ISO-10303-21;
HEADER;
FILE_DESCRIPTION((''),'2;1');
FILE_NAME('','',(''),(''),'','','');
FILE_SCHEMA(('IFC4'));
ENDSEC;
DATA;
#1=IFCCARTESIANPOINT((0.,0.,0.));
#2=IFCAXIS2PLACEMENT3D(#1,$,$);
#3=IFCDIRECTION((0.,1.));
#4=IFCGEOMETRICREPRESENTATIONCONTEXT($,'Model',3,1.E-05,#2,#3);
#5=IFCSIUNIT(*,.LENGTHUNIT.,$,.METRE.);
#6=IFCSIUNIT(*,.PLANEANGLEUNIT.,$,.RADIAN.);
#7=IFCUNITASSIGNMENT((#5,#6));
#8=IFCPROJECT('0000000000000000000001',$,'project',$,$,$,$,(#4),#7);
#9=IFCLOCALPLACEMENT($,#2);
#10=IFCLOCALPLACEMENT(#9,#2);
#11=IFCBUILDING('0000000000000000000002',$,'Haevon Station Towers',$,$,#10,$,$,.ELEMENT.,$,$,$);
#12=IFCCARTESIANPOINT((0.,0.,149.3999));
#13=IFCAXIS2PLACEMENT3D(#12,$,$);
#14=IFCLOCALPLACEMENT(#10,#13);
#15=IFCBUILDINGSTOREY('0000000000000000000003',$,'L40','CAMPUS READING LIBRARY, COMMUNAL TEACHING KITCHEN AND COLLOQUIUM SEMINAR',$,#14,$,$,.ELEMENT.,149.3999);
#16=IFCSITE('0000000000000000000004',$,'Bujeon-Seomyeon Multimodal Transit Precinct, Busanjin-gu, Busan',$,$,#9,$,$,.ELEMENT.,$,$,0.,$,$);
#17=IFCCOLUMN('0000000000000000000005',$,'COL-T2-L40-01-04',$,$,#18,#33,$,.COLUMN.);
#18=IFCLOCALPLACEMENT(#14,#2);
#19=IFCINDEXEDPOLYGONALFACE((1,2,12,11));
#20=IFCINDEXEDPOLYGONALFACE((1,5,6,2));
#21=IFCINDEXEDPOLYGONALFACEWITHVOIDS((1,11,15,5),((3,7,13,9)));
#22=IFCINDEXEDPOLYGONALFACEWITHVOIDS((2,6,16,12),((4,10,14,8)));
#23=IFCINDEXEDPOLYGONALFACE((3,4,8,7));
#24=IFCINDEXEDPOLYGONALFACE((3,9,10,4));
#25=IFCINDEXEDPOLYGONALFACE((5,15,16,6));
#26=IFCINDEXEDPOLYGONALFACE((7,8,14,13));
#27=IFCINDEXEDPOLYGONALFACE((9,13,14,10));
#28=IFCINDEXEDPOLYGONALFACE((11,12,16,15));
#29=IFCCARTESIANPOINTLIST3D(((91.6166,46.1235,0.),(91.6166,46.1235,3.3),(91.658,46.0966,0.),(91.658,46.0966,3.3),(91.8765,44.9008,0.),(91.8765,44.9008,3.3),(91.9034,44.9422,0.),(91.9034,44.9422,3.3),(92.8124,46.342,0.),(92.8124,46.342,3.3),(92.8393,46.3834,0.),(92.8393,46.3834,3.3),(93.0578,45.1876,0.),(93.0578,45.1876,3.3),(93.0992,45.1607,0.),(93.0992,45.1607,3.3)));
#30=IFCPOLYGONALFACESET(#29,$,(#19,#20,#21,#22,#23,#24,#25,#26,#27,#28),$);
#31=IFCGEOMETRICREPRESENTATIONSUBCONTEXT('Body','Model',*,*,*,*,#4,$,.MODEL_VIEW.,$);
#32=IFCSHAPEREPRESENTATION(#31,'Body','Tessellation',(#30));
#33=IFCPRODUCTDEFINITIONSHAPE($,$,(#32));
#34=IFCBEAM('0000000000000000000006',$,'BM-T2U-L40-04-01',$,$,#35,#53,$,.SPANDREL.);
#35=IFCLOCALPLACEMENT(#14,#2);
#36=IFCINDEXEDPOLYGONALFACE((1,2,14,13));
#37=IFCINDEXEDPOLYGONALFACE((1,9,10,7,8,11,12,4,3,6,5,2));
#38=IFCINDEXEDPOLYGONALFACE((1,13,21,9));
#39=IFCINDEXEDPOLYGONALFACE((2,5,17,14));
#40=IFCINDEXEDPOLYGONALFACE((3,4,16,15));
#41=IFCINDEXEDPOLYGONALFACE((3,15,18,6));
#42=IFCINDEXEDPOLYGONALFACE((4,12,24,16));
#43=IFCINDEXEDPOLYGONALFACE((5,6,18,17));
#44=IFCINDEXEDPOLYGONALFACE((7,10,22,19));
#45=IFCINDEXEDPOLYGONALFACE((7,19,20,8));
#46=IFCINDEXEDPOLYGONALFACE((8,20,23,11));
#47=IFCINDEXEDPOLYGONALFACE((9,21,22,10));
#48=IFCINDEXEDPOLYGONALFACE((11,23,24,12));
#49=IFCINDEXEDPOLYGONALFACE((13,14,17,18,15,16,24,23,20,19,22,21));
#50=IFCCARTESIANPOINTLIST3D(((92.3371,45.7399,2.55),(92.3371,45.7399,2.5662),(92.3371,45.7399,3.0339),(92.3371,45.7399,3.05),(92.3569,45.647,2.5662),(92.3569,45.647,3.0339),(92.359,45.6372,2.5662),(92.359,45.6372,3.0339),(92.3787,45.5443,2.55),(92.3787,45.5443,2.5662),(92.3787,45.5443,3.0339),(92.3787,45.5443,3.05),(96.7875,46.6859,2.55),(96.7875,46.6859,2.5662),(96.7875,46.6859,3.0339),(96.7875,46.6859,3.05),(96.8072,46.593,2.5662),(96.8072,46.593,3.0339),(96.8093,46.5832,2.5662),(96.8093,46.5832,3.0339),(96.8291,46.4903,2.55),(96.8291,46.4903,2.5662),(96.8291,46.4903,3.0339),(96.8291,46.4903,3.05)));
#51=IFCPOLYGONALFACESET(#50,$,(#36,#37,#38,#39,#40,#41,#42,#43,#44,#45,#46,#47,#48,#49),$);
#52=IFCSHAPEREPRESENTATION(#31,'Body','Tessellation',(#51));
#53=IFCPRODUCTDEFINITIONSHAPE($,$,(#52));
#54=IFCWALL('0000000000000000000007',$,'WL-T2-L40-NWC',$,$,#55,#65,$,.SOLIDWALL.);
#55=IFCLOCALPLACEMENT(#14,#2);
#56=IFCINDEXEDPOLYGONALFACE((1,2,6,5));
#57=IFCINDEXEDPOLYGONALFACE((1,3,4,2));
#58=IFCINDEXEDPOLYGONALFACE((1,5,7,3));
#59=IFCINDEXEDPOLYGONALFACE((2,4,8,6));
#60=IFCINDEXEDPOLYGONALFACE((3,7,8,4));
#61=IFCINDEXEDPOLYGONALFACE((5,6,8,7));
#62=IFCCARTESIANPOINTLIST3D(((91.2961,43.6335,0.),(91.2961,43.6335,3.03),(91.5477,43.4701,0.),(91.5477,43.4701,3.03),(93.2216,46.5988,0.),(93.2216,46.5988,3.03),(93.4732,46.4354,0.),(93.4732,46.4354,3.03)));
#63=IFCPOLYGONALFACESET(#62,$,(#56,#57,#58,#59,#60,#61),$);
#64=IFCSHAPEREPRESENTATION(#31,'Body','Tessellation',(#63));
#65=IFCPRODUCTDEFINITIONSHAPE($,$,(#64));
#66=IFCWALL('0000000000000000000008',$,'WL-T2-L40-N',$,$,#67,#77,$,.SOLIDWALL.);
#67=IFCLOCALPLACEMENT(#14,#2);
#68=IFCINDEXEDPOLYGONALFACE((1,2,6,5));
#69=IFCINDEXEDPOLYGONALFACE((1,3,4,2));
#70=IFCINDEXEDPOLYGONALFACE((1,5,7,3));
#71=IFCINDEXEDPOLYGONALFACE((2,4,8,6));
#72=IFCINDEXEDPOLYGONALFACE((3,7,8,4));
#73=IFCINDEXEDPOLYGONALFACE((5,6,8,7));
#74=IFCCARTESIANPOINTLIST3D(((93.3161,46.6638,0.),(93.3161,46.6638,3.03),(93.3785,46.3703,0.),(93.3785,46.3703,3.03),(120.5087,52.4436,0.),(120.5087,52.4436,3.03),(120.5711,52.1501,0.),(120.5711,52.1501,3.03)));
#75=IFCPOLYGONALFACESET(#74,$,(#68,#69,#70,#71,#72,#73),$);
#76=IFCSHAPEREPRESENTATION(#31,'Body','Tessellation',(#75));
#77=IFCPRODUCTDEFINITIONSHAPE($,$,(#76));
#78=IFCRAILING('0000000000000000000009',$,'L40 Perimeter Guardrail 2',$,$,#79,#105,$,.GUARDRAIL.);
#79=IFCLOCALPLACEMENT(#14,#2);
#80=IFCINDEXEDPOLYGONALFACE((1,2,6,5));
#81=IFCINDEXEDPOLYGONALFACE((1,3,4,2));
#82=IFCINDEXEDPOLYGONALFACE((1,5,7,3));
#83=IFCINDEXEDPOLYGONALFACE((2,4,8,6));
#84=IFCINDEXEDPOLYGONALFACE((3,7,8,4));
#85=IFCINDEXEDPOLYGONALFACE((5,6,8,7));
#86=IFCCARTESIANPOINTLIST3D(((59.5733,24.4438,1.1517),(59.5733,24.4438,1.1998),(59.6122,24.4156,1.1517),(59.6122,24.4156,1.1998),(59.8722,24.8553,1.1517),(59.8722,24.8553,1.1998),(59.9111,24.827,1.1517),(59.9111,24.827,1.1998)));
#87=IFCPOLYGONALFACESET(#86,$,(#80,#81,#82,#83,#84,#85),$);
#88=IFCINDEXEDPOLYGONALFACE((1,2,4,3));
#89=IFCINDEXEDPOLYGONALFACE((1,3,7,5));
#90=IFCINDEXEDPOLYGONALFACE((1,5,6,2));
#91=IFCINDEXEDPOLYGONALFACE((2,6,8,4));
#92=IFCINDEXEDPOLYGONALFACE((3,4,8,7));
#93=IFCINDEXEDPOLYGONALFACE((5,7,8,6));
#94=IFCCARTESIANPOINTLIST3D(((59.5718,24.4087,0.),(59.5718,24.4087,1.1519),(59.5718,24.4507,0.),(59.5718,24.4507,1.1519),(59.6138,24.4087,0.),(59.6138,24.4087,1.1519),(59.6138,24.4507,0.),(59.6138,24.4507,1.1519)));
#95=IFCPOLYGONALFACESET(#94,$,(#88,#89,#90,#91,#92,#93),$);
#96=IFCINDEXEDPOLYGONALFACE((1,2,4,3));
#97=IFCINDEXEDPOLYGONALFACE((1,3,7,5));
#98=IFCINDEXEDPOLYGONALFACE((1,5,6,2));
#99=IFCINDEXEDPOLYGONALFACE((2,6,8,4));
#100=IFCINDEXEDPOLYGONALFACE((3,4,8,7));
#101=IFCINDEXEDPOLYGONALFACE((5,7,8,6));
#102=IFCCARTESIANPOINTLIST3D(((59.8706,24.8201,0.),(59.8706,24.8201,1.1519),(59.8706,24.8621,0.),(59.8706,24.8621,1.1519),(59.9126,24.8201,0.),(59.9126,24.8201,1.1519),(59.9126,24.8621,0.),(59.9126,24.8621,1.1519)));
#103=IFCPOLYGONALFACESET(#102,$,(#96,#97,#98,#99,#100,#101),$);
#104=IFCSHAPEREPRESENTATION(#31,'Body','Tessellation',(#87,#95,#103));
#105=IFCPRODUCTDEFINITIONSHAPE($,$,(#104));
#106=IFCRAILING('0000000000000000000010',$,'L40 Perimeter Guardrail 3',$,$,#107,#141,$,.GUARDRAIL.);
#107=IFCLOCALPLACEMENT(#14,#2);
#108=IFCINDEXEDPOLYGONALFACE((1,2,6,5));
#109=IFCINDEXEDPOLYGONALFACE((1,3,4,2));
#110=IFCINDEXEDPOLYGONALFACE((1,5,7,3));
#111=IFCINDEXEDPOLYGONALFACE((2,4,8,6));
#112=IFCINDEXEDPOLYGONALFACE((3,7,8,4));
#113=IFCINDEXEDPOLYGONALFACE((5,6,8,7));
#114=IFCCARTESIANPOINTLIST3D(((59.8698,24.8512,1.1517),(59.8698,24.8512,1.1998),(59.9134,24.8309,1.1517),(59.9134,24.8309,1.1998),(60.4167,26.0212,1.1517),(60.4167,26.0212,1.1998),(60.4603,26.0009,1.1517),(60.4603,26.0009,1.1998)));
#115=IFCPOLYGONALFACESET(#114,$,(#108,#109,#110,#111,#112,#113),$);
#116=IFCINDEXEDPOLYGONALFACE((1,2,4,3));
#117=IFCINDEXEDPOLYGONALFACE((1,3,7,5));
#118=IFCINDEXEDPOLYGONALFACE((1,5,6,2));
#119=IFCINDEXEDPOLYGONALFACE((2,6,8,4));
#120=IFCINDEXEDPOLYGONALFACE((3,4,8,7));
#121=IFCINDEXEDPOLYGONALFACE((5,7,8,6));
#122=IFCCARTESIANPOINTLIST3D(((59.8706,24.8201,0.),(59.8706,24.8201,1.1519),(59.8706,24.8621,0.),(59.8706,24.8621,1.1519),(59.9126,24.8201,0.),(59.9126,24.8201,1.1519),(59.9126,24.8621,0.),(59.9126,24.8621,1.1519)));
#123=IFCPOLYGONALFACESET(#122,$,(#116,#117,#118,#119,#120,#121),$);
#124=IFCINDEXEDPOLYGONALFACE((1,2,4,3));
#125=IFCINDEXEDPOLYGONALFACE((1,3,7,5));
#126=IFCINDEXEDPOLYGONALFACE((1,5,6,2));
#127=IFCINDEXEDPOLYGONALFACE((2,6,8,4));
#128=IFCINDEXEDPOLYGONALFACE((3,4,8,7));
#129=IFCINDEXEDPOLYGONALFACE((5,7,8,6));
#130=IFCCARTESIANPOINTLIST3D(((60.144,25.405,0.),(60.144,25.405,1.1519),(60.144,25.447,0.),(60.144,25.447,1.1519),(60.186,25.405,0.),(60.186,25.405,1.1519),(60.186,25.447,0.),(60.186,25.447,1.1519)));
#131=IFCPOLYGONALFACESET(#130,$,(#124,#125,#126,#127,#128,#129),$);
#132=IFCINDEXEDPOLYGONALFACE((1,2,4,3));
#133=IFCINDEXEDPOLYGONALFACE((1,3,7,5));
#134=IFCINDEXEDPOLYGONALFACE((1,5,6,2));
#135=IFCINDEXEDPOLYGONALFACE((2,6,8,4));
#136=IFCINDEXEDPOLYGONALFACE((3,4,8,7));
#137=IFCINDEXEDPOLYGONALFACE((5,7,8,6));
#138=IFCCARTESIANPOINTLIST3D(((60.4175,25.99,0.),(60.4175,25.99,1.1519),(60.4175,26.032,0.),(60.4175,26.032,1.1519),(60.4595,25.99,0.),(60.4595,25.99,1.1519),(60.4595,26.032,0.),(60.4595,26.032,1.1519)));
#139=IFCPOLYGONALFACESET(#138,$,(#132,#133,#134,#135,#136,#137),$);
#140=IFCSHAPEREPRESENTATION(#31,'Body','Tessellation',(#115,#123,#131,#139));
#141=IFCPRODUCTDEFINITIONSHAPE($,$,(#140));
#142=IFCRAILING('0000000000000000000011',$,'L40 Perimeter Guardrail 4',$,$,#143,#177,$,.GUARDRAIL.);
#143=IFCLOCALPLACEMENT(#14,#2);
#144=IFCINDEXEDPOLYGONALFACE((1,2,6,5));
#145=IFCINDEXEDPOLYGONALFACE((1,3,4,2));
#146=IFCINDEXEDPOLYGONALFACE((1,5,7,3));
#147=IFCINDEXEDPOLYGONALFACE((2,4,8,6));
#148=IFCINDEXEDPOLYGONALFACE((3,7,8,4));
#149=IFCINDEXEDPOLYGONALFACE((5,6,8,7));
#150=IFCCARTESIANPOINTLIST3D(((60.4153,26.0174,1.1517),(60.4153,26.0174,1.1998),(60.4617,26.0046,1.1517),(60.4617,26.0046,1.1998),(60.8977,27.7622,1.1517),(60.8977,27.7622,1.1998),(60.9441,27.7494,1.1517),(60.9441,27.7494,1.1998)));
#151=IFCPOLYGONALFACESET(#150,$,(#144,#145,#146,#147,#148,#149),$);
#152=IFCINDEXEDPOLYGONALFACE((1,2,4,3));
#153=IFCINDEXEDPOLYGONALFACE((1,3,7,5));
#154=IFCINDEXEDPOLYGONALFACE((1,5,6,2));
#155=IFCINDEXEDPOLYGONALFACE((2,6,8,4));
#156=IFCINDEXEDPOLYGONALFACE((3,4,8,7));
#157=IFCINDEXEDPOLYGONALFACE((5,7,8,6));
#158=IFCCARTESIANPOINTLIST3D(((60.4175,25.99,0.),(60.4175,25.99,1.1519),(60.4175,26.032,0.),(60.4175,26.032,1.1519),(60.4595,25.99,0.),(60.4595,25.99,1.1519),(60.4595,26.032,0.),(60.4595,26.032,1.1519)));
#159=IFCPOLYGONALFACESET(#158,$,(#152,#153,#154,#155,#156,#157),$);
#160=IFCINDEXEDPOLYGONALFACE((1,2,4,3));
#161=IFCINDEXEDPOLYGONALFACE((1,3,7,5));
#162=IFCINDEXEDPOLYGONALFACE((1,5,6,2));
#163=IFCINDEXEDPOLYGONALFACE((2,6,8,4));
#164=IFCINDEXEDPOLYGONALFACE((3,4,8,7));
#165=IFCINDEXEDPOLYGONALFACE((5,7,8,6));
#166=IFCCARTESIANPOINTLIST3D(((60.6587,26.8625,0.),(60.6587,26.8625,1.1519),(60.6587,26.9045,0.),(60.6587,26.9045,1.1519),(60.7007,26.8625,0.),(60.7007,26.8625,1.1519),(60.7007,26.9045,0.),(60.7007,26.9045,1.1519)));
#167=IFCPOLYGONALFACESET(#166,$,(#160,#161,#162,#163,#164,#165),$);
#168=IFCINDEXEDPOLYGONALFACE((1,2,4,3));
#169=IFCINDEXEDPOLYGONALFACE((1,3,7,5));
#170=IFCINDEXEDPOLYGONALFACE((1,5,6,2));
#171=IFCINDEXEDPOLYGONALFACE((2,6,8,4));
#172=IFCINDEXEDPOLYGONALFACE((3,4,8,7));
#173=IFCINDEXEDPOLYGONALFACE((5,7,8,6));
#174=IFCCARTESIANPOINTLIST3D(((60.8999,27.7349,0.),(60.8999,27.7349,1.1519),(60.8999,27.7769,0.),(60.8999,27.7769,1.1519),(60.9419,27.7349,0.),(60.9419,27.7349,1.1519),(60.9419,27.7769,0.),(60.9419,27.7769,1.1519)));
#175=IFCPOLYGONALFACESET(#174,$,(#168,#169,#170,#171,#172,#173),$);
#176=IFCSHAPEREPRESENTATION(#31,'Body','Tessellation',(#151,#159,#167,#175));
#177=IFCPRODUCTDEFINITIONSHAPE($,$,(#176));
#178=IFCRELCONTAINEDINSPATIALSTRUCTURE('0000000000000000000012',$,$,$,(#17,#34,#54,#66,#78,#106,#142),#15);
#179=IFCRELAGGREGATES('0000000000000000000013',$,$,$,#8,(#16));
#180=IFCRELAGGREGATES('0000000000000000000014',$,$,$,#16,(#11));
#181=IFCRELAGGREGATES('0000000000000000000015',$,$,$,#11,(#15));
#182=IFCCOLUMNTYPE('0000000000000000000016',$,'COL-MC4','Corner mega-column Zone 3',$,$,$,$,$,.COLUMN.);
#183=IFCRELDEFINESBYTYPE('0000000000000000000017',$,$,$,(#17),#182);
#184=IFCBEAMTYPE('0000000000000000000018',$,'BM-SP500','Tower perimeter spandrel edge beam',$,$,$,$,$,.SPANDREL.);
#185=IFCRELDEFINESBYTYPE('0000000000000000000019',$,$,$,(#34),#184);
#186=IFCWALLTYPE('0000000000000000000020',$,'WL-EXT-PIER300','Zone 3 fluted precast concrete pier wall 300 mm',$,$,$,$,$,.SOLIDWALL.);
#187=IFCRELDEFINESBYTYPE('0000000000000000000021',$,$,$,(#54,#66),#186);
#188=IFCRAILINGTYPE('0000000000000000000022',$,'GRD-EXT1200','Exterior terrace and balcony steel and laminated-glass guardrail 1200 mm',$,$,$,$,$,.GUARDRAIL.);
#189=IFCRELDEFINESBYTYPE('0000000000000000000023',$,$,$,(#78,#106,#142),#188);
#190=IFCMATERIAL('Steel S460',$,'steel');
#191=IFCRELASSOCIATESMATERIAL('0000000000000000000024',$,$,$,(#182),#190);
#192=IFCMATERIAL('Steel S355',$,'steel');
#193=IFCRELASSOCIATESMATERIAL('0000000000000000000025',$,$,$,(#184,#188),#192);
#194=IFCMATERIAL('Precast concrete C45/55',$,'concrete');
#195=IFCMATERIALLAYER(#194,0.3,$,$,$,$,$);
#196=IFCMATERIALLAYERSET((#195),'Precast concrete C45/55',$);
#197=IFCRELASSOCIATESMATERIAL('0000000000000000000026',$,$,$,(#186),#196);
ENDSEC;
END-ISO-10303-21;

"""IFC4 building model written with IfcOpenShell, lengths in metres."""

from ifc_helpers import new_model, si_unit, direction, frame, frame_2d, origin, origin_2d, place, context, subcontext, project, spatial, rectangle, hollow_rectangle, i_section, extrude, material, layer, layer_set, material_profile, profile_set, type_object, element, save


model = new_model("IFC4")

# Units and contexts
model_context = context("Model", 3, precision=1e-05, world=origin(), true_north=direction((0.0, 1.0)))
body_context = subcontext(model_context, "Body", "Model", "MODEL_VIEW")
ifc_project = project(units=[si_unit("LENGTHUNIT", "METRE"), si_unit("PLANEANGLEUNIT", "RADIAN")], contexts=[model_context])

# Site, building, storey
site_placement = place(None, origin())
site = spatial("IfcSite", under=ifc_project, at=site_placement, Name="Bujeon-Seomyeon Multimodal Transit Precinct, Busanjin-gu, Busan", CompositionType="ELEMENT", RefElevation=0.0)
building_placement = place(site_placement, origin())
building = spatial("IfcBuilding", under=site, at=building_placement, Name="Haevon Station Towers", CompositionType="ELEMENT")
storey_placement = place(building_placement, frame((0.0, 0.0, 149.3999)))
storey = spatial("IfcBuildingStorey", under=building, at=storey_placement, Name="L40", Description="CAMPUS READING LIBRARY, COMMUNAL TEACHING KITCHEN AND COLLOQUIUM SEMINAR", CompositionType="ELEMENT", Elevation=149.3999)

# Column
ifc_material_1 = material(Name="Steel S460", Category="steel")
ifc_material_profile_1 = material_profile(ifc_material_1, hollow_rectangle(XDim=1.25, YDim=1.25, WallThickness=0.0349, at=origin_2d()), Name="BOX-1250x1250x35")
ifc_profile_set_1 = profile_set([ifc_material_profile_1], Name="Steel S460")
column_type = type_object("IfcColumnType", Name="COL-MC4", Description="Corner mega-column Zone 3", PredefinedType="COLUMN", material=ifc_profile_set_1)
column_placement = place(storey_placement, frame((92.3579, 45.6421, 0.0), z_axis=(0.0, 0.0, 1.0), x_axis=(0.978148, 0.207912, 0.0)))
element("IfcColumn", 1, at=column_placement, inside=storey, type_object=column_type, Name="COL-T2-L40-01-04", PredefinedType="COLUMN", context=body_context, shape_type="SweptSolid", body=[
    extrude(hollow_rectangle(XDim=1.25, YDim=1.25, WallThickness=0.0349, at=origin_2d()), origin(), (0.0, 0.0, 1.0), 3.3),
])

# Beam
ifc_material_2 = material(Name="Steel S355", Category="steel")
ifc_material_profile_2 = material_profile(ifc_material_2, i_section(OverallWidth=0.2, OverallDepth=0.5, WebThickness=0.01, FlangeThickness=0.0161, at=origin_2d()), Name="H-500x200x10x16")
ifc_profile_set_2 = profile_set([ifc_material_profile_2], Name="Steel S355")
beam_type = type_object("IfcBeamType", Name="BM-SP500", Description="Tower perimeter spandrel edge beam", PredefinedType="SPANDREL", material=ifc_profile_set_2)
beam_placement = place(storey_placement, frame((92.3579, 45.6421, 2.8), z_axis=(0.978144, 0.207927, 0.0), x_axis=(-0.207927, 0.978144, 0.0)))
element("IfcBeam", 2, at=beam_placement, inside=storey, type_object=beam_type, Name="BM-T2U-L40-04-01", PredefinedType="SPANDREL", context=body_context, shape_type="SweptSolid", body=[
    extrude(i_section(OverallWidth=0.2, OverallDepth=0.5, WebThickness=0.01, FlangeThickness=0.0161, at=origin_2d()), origin(), (0.0, 0.0, 1.0), 4.5498),
])

# Walls
ifc_material_3 = material(Name="Precast concrete C45/55", Category="concrete")
ifc_layer_1 = layer(ifc_material_3, 0.3)
ifc_layer_set_1 = layer_set([ifc_layer_1], Name="Precast concrete C45/55")
wall_type = type_object("IfcWallType", Name="WL-EXT-PIER300", Description="Zone 3 fluted precast concrete pier wall 300 mm", PredefinedType="SOLIDWALL", material=ifc_layer_set_1)
wall_1_placement = place(storey_placement, frame((91.4219, 43.5518, 0.0), z_axis=(0.0, 0.0, 1.0), x_axis=(0.544605, 0.838693, 0.0)))
element("IfcWall", 3, at=wall_1_placement, inside=storey, type_object=wall_type, Name="WL-T2-L40-NWC", PredefinedType="SOLIDWALL", context=body_context, shape_type="SweptSolid", body=[
    extrude(rectangle(XDim=3.5356, YDim=0.3, at=frame_2d((1.7678, 0.0))), origin(), (0.0, 0.0, 1.0), 3.03),
])
wall_2_placement = place(storey_placement, frame((93.3474, 46.5171, 0.0), z_axis=(0.0, 0.0, 1.0), x_axis=(0.978149, 0.207905, 0.0)))
element("IfcWall", 4, at=wall_2_placement, inside=storey, type_object=wall_type, Name="WL-T2-L40-N", PredefinedType="SOLIDWALL", context=body_context, shape_type="SweptSolid", body=[
    extrude(rectangle(XDim=27.8, YDim=0.3, at=frame_2d((13.8999, 0.0))), origin(), (0.0, 0.0, 1.0), 3.03),
])

# Railings
railing_type = type_object("IfcRailingType", Name="GRD-EXT1200", Description="Exterior terrace and balcony steel and laminated-glass guardrail 1200 mm", PredefinedType="GUARDRAIL", material=ifc_material_2)
railing_1_placement = place(storey_placement, frame((59.5928, 24.4297, 0.0)))
element("IfcRailing", 5, at=railing_1_placement, inside=storey, type_object=railing_type, Name="L40 Perimeter Guardrail 2", PredefinedType="GUARDRAIL", context=body_context, shape_type="SweptSolid", body=[
    extrude(rectangle(XDim=0.0481, YDim=0.0481, at=origin_2d()), frame((0.0, 0.0, 1.1758), z_axis=(0.587715, 0.809068, 0.0), x_axis=(-0.809068, 0.587715, 0.0)), (0.0, 0.0, 1.0), 0.5085),
    extrude(rectangle(XDim=0.042, YDim=0.042, at=origin_2d()), origin(), (0.0, 0.0, 1.0), 1.1519),
    extrude(rectangle(XDim=0.042, YDim=0.042, at=origin_2d()), frame((0.2988, 0.4114, 0.0)), (0.0, 0.0, 1.0), 1.1519),
])
railing_2_placement = place(storey_placement, frame((59.8916, 24.8411, 0.0)))
element("IfcRailing", 6, at=railing_2_placement, inside=storey, type_object=railing_type, Name="L40 Perimeter Guardrail 3", PredefinedType="GUARDRAIL", context=body_context, shape_type="SweptSolid", body=[
    extrude(rectangle(XDim=0.0481, YDim=0.0481, at=origin_2d()), frame((0.0, 0.0, 1.1758), z_axis=(0.423465, 0.905912, 0.0), x_axis=(-0.905912, 0.423465, 0.0)), (0.0, 0.0, 1.0), 1.2915),
    extrude(rectangle(XDim=0.042, YDim=0.042, at=origin_2d()), origin(), (0.0, 0.0, 1.0), 1.1519),
    extrude(rectangle(XDim=0.042, YDim=0.042, at=origin_2d()), frame((0.2734, 0.585, 0.0)), (0.0, 0.0, 1.0), 1.1519),
    extrude(rectangle(XDim=0.042, YDim=0.042, at=origin_2d()), frame((0.5469, 1.1699, 0.0)), (0.0, 0.0, 1.0), 1.1519),
])
railing_3_placement = place(storey_placement, frame((60.4385, 26.011, 0.0)))
element("IfcRailing", 7, at=railing_3_placement, inside=storey, type_object=railing_type, Name="L40 Perimeter Guardrail 4", PredefinedType="GUARDRAIL", context=body_context, shape_type="SweptSolid", body=[
    extrude(rectangle(XDim=0.0481, YDim=0.0481, at=origin_2d()), frame((0.0, 0.0, 1.1758), z_axis=(0.266482, 0.96384, 0.0), x_axis=(-0.96384, 0.266482, 0.0)), (0.0, 0.0, 1.0), 1.8103),
    extrude(rectangle(XDim=0.042, YDim=0.042, at=origin_2d()), origin(), (0.0, 0.0, 1.0), 1.1519),
    extrude(rectangle(XDim=0.042, YDim=0.042, at=origin_2d()), frame((0.2412, 0.8726, 0.0)), (0.0, 0.0, 1.0), 1.1519),
    extrude(rectangle(XDim=0.042, YDim=0.042, at=origin_2d()), frame((0.4824, 1.7449, 0.0)), (0.0, 0.0, 1.0), 1.1519),
])

save(model, "model.ifc")
